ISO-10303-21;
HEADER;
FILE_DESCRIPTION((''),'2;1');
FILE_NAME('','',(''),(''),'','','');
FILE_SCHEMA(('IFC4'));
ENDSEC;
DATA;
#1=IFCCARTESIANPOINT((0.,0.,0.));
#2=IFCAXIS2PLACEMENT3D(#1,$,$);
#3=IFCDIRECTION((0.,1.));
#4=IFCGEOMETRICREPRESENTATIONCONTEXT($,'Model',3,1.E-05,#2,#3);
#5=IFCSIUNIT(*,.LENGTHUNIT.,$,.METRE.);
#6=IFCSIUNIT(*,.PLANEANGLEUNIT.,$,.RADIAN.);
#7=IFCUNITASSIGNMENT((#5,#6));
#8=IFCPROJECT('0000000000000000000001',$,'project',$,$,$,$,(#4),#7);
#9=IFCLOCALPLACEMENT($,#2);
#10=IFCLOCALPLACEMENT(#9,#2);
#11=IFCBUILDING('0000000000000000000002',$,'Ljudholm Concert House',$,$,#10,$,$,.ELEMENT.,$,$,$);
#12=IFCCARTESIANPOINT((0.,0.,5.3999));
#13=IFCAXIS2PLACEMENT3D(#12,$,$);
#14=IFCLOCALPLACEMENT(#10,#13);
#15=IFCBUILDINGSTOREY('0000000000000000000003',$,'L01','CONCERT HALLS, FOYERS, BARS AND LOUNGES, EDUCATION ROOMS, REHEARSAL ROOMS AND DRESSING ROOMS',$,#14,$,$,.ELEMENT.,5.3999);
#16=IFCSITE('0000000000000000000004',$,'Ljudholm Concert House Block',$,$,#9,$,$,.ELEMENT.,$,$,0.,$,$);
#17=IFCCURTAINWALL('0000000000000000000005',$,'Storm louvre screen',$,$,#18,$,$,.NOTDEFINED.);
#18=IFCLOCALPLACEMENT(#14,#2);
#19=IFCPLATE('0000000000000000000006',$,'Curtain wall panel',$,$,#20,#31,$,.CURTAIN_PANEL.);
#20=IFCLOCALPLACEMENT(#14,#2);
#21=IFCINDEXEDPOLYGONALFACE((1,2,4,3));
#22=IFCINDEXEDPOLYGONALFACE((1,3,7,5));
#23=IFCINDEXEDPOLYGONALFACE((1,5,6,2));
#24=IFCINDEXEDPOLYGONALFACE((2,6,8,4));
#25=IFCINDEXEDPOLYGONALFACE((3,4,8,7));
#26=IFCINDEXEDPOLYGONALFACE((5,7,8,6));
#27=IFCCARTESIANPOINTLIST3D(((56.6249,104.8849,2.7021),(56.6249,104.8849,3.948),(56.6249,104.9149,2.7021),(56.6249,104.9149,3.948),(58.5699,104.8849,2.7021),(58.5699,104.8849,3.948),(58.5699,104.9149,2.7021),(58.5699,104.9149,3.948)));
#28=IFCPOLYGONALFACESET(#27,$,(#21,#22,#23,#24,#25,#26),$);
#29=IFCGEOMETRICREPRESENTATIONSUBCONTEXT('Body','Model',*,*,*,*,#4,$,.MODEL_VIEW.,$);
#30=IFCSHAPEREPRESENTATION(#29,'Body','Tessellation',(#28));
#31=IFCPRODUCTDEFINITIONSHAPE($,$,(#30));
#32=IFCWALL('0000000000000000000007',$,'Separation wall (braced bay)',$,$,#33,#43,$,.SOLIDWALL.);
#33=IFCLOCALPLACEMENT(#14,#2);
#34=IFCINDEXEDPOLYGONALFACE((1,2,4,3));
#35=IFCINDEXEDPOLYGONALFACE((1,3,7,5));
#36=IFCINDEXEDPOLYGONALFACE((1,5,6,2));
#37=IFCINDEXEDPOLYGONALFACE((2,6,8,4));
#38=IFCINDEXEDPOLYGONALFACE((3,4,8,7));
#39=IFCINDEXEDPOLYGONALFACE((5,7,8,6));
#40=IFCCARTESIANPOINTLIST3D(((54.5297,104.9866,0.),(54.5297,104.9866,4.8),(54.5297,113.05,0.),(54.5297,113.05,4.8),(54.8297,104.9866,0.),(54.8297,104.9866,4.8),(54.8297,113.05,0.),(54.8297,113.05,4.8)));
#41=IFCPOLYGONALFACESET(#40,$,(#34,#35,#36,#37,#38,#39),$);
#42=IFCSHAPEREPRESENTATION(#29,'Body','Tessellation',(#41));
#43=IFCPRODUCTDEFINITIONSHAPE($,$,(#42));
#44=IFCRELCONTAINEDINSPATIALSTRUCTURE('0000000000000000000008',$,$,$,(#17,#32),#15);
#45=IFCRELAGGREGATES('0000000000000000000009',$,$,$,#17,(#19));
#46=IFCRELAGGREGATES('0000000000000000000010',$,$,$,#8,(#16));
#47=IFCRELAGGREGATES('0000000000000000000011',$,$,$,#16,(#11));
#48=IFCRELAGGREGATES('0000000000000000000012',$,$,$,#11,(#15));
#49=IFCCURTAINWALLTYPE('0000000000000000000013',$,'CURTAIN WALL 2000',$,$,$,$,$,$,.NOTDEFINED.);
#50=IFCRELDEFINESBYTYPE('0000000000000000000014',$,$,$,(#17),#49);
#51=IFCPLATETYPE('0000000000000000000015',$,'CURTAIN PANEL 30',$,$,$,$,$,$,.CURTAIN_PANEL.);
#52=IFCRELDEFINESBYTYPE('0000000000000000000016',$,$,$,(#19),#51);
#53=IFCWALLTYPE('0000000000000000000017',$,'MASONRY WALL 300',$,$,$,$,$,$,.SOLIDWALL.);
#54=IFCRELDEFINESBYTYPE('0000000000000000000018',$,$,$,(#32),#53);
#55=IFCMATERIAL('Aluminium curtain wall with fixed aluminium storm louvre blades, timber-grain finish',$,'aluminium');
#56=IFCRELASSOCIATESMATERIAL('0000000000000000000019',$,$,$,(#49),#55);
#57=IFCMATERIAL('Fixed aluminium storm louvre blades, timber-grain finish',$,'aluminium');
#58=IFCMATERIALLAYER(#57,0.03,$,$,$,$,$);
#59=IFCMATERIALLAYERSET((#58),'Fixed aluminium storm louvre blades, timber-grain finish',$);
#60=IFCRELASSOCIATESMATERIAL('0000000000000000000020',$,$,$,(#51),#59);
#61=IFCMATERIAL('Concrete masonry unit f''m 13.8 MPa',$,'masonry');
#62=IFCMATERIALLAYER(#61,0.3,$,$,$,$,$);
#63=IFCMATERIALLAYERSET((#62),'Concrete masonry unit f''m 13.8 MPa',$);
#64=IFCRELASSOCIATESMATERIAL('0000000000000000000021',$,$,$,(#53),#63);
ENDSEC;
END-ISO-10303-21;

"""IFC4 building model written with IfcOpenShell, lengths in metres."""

from ifc_helpers import new_model, si_unit, direction, frame, frame_2d, origin, origin_2d, place, context, subcontext, project, spatial, rectangle, extrude, material, layer, layer_set, type_object, element, aggregate, save


model = new_model("IFC4")

# Units and contexts
model_context = context("Model", 3, precision=1e-05, world=origin(), true_north=direction((0.0, 1.0)))
body_context = subcontext(model_context, "Body", "Model", "MODEL_VIEW")
ifc_project = project(units=[si_unit("LENGTHUNIT", "METRE"), si_unit("PLANEANGLEUNIT", "RADIAN")], contexts=[model_context])

# Site, building, storey
site_placement = place(None, origin())
site = spatial("IfcSite", under=ifc_project, at=site_placement, Name="Ljudholm Concert House Block", CompositionType="ELEMENT", RefElevation=0.0)
building_placement = place(site_placement, origin())
building = spatial("IfcBuilding", under=site, at=building_placement, Name="Ljudholm Concert House", CompositionType="ELEMENT")
storey_placement = place(building_placement, frame((0.0, 0.0, 5.3999)))
storey = spatial("IfcBuildingStorey", under=building, at=storey_placement, Name="L01", Description="CONCERT HALLS, FOYERS, BARS AND LOUNGES, EDUCATION ROOMS, REHEARSAL ROOMS AND DRESSING ROOMS", CompositionType="ELEMENT", Elevation=5.3999)

# Curtain wall
ifc_material_1 = material(Name="Aluminium curtain wall with fixed aluminium storm louvre blades, timber-grain finish", Category="aluminium")
curtain_wall_type_1 = type_object("IfcCurtainWallType", Name="CURTAIN WALL 2000", PredefinedType="NOTDEFINED", material=ifc_material_1)
curtain_wall_1_placement = place(storey_placement, origin())
curtain_wall_1 = element("IfcCurtainWall", 1, at=curtain_wall_1_placement, inside=storey, type_object=curtain_wall_type_1, Name="Storm louvre screen", PredefinedType="NOTDEFINED")

# Plate
ifc_material_2 = material(Name="Fixed aluminium storm louvre blades, timber-grain finish", Category="aluminium")
ifc_layer_1 = layer(ifc_material_2, 0.03)
ifc_layer_set_1 = layer_set([ifc_layer_1], Name="Fixed aluminium storm louvre blades, timber-grain finish")
plate_type_1 = type_object("IfcPlateType", Name="CURTAIN PANEL 30", PredefinedType="CURTAIN_PANEL", material=ifc_layer_set_1)
plate_1_placement = place(storey_placement, frame((57.5974, 104.8999, 2.7021), z_axis=(0.0, 0.0, 1.0), x_axis=(1.0, 0.0, 0.0)))
plate_1 = element("IfcPlate", 2, at=plate_1_placement, type_object=plate_type_1, Name="Curtain wall panel", PredefinedType="CURTAIN_PANEL", context=body_context, shape_type="SweptSolid", body=[
    extrude(rectangle(XDim=1.9451, YDim=0.03, at=origin_2d()), origin(), (0.0, 0.0, 1.0), 1.2458),
])
aggregate(curtain_wall_1, [plate_1])

# Wall
ifc_material_3 = material(Name="Concrete masonry unit f'm 13.8 MPa", Category="masonry")
ifc_layer_2 = layer(ifc_material_3, 0.3)
ifc_layer_set_2 = layer_set([ifc_layer_2], Name="Concrete masonry unit f'm 13.8 MPa")
wall_type = type_object("IfcWallType", Name="MASONRY WALL 300", PredefinedType="SOLIDWALL", material=ifc_layer_set_2)
wall_placement = place(storey_placement, frame((54.6797, 104.9866, 0.0), z_axis=(0.0, 0.0, 1.0), x_axis=(0.0, 1.0, 0.0)))
element("IfcWall", 3, at=wall_placement, inside=storey, type_object=wall_type, Name="Separation wall (braced bay)", PredefinedType="SOLIDWALL", context=body_context, shape_type="SweptSolid", body=[
    extrude(rectangle(XDim=8.0635, YDim=0.3, at=frame_2d((4.0317, 0.0))), origin(), (0.0, 0.0, 1.0), 4.8),
])

save(model, "model.ifc")
